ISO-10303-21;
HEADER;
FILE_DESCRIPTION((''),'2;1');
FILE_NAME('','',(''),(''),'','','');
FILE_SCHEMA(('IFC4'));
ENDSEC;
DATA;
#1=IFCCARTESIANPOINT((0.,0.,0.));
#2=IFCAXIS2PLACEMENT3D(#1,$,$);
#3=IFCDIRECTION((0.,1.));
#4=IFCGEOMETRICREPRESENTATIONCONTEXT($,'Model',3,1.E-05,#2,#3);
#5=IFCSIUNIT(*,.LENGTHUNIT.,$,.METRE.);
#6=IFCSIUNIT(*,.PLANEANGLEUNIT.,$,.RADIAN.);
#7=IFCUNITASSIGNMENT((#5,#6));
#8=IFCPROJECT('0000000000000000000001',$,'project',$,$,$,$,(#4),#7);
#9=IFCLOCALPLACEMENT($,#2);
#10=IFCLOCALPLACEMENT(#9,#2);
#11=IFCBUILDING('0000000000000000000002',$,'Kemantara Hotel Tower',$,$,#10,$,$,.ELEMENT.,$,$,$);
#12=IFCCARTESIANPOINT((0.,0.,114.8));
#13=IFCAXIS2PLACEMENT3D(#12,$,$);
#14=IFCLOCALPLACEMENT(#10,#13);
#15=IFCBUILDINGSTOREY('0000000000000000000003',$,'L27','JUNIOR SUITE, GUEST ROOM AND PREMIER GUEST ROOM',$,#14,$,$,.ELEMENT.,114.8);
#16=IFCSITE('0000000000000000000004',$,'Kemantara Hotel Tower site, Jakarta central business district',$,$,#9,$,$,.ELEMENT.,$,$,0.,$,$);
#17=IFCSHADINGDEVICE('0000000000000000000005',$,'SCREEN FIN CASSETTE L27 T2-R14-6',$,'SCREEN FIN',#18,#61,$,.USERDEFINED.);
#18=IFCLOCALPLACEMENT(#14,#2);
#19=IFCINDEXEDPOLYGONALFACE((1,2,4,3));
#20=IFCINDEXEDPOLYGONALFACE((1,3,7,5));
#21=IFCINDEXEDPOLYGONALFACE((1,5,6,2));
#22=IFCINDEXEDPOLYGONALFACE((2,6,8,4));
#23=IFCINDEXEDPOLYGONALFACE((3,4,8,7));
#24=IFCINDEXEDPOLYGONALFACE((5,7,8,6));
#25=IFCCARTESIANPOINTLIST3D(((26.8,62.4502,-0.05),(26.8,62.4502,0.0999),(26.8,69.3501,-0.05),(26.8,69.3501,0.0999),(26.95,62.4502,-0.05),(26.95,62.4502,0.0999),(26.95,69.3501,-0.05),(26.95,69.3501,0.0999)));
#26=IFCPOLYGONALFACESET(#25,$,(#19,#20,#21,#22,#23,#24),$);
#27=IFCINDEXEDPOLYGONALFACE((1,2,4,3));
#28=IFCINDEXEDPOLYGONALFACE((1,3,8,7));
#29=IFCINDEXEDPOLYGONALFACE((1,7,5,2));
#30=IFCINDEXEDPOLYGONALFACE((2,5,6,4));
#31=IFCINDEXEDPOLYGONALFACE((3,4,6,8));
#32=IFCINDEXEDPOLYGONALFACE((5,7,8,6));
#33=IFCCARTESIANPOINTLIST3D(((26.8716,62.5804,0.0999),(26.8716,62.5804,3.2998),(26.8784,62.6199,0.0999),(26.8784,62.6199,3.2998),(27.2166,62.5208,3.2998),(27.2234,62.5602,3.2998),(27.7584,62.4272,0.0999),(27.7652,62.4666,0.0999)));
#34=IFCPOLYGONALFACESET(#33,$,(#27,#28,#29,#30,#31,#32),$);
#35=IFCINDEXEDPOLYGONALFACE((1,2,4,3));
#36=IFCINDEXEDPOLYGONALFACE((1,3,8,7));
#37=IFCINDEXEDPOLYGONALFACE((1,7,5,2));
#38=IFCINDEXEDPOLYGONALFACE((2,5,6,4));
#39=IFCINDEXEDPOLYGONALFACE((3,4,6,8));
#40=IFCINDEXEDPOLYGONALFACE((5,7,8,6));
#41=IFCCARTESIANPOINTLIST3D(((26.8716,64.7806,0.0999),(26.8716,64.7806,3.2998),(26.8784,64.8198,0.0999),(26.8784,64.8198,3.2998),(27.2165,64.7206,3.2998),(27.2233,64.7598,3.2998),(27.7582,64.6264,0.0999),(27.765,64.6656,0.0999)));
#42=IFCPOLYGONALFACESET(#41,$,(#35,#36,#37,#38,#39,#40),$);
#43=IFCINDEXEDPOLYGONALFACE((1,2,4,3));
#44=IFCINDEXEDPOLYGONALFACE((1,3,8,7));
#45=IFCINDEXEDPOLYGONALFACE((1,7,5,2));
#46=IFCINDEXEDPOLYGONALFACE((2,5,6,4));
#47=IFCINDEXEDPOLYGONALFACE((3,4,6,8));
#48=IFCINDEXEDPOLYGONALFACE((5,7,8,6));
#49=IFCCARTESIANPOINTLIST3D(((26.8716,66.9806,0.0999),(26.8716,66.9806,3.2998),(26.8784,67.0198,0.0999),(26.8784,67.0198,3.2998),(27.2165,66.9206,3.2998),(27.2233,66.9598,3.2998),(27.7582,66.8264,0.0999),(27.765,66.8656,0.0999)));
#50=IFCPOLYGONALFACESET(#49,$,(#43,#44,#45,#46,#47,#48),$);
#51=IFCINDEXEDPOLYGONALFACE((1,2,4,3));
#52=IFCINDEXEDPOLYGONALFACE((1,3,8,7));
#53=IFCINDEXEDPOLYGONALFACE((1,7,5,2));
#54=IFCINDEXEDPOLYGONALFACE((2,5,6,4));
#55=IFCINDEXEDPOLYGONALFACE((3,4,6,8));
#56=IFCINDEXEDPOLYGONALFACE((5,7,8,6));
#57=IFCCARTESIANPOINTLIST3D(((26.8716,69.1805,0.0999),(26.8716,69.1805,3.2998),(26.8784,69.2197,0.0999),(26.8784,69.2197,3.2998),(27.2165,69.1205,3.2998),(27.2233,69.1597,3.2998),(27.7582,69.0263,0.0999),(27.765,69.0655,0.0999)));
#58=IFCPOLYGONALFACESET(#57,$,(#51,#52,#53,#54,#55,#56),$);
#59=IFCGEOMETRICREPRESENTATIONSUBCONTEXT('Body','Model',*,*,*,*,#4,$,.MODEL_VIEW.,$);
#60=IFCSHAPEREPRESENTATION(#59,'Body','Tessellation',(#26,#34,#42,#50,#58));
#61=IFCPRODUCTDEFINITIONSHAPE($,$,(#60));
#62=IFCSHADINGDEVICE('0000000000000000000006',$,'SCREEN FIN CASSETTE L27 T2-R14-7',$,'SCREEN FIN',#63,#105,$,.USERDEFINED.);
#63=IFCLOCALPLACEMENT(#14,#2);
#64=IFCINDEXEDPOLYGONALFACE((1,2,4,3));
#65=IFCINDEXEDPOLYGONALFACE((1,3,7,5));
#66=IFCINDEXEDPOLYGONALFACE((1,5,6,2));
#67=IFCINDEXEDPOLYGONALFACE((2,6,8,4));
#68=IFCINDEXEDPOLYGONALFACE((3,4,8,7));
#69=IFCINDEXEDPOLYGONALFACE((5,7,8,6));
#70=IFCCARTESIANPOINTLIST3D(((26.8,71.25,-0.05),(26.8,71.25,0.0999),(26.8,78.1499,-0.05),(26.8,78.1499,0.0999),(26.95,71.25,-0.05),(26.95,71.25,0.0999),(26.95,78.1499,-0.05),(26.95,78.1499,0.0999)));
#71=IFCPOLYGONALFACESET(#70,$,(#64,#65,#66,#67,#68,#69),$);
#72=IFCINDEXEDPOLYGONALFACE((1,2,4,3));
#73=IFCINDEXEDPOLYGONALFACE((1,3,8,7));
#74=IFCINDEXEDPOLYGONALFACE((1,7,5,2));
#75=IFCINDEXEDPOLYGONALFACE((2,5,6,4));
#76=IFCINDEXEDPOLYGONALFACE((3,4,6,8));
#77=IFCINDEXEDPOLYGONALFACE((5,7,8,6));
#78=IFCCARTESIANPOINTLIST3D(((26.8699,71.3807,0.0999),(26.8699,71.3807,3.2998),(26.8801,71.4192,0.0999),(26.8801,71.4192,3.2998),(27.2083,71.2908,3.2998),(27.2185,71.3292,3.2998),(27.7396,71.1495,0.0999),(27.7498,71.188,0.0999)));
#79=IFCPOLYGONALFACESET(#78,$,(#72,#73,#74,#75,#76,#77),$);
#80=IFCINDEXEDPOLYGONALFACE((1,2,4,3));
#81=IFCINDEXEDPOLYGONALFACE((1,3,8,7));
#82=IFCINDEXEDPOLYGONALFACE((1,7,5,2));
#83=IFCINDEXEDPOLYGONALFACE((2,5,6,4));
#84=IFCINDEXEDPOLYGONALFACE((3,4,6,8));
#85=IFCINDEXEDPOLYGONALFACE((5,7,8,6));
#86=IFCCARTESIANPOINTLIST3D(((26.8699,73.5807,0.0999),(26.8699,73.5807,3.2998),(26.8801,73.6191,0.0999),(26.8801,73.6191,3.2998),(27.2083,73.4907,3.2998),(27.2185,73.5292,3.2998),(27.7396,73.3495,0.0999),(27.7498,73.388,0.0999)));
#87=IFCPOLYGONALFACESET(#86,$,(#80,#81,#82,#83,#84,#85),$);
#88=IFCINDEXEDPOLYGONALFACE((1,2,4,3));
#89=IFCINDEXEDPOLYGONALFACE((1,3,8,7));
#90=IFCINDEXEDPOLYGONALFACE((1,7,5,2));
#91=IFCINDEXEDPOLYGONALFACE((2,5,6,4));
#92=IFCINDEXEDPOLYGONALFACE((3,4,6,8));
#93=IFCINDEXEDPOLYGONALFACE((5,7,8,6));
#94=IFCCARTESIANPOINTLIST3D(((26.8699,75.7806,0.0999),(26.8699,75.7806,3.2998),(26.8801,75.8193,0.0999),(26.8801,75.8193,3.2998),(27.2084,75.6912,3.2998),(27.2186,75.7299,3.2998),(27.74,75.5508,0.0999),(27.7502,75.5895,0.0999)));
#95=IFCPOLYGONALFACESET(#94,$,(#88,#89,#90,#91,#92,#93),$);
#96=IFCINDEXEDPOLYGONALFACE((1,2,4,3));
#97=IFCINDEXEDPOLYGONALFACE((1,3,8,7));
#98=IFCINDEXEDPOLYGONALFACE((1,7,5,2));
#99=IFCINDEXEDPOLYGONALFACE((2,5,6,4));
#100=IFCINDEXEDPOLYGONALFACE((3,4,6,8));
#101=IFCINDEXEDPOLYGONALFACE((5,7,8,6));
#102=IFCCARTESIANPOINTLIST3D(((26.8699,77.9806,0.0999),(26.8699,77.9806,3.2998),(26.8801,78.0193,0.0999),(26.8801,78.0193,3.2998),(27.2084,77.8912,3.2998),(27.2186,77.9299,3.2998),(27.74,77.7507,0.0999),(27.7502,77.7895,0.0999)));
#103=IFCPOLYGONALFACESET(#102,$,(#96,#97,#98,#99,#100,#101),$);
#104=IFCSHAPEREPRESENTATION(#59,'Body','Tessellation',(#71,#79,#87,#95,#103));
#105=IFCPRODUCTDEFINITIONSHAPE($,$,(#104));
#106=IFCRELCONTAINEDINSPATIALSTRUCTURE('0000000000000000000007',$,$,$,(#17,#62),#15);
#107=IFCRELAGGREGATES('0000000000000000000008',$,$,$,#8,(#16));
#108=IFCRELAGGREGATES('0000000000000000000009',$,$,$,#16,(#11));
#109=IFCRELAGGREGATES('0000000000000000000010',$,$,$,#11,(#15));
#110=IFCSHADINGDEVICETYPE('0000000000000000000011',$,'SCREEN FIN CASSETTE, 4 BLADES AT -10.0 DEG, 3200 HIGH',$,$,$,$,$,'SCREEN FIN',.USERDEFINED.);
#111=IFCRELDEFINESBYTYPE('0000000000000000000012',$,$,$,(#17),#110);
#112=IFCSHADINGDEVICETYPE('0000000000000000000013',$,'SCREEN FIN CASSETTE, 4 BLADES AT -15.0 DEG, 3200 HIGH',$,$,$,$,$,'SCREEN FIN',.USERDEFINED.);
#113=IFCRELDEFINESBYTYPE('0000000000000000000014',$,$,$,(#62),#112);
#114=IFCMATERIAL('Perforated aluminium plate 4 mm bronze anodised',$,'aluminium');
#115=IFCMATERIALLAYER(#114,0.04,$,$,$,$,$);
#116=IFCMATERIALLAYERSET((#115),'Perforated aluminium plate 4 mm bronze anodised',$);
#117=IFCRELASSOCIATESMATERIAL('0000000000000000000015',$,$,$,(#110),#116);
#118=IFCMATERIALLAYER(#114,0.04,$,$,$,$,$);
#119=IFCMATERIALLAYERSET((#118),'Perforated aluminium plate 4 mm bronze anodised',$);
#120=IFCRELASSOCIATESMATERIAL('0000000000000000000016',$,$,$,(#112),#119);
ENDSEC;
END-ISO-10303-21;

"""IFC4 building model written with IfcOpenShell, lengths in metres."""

from ifc_helpers import new_model, si_unit, direction, frame, origin, origin_2d, place, context, subcontext, project, spatial, polyline, rectangle, outline, extrude, source, transform, mapped, material, layer, layer_set, type_object, element, save


model = new_model("IFC4")

# Units and contexts
model_context = context("Model", 3, precision=1e-05, world=origin(), true_north=direction((0.0, 1.0)))
body_context = subcontext(model_context, "Body", "Model", "MODEL_VIEW")
ifc_project = project(units=[si_unit("LENGTHUNIT", "METRE"), si_unit("PLANEANGLEUNIT", "RADIAN")], contexts=[model_context])

# Site, building, storey
site_placement = place(None, origin())
site = spatial("IfcSite", under=ifc_project, at=site_placement, Name="Kemantara Hotel Tower site, Jakarta central business district", CompositionType="ELEMENT", RefElevation=0.0)
building_placement = place(site_placement, origin())
building = spatial("IfcBuilding", under=site, at=building_placement, Name="Kemantara Hotel Tower", CompositionType="ELEMENT")
storey_placement = place(building_placement, frame((0.0, 0.0, 114.8)))
storey = spatial("IfcBuildingStorey", under=building, at=storey_placement, Name="L27", Description="JUNIOR SUITE, GUEST ROOM AND PREMIER GUEST ROOM", CompositionType="ELEMENT", Elevation=114.8)

# Shading devices
ifc_material_1 = material(Name="Perforated aluminium plate 4 mm bronze anodised", Category="aluminium")
ifc_layer_1 = layer(ifc_material_1, 0.04)
ifc_layer_set_1 = layer_set([ifc_layer_1], Name="Perforated aluminium plate 4 mm bronze anodised")
shading_device_type_1 = type_object("IfcShadingDeviceType", Name="SCREEN FIN CASSETTE, 4 BLADES AT -10.0 DEG, 3200 HIGH", ElementType="SCREEN FIN", PredefinedType="USERDEFINED", material=ifc_layer_set_1)
shared_shape_1 = source(origin(), body_context, "Body", "SweptSolid", [
    extrude(rectangle(XDim=6.8999, YDim=0.1499, at=origin_2d()), frame((3.3, -0.075, -0.1499), z_axis=(0.0, 0.0, 1.0), x_axis=(1.0, 0.0, 0.0)), (0.0, 0.0, 1.0), 0.1499),
    extrude(outline(polyline([(0.0, 0.0), (0.8999, 0.0), (0.3501, 3.2), (0.0, 3.2), (0.0, 0.0)])), frame((0.0198, -0.0784, 0.0), z_axis=(-0.98539, 0.170314, 0.0), x_axis=(-0.170314, -0.98539, 0.0)), (0.0, 0.0, 1.0), 0.04),
    extrude(outline(polyline([(0.0, 0.0), (0.8999, 0.0), (0.3501, 3.2), (0.0, 3.2), (0.0, 0.0)])), frame((2.2197, -0.0784, 0.0), z_axis=(-0.985212, 0.171341, 0.0), x_axis=(-0.171341, -0.985212, 0.0)), (0.0, 0.0, 1.0), 0.0398),
    extrude(outline(polyline([(0.0, 0.0), (0.8999, 0.0), (0.3501, 3.2), (0.0, 3.2), (0.0, 0.0)])), frame((4.4197, -0.0784, 0.0), z_axis=(-0.985212, 0.171341, 0.0), x_axis=(-0.171341, -0.985212, 0.0)), (0.0, 0.0, 1.0), 0.0398),
    extrude(outline(polyline([(0.0, 0.0), (0.8999, 0.0), (0.3501, 3.2), (0.0, 3.2), (0.0, 0.0)])), frame((6.6196, -0.0784, 0.0), z_axis=(-0.985212, 0.171341, 0.0), x_axis=(-0.171341, -0.985212, 0.0)), (0.0, 0.0, 1.0), 0.0398),
])
shading_device_1_placement = place(storey_placement, frame((26.8, 62.6001, 0.0999), z_axis=(0.0, 0.0, 1.0), x_axis=(0.0, 1.0, 0.0)))
element("IfcShadingDevice", 1, at=shading_device_1_placement, inside=storey, type_object=shading_device_type_1, Name="SCREEN FIN CASSETTE L27 T2-R14-6", ObjectType="SCREEN FIN", PredefinedType="USERDEFINED", context=body_context, shape_type="MappedRepresentation", body=[
    mapped(shared_shape_1, transform((0.0, 0.0, 0.0))),
])
ifc_layer_2 = layer(ifc_material_1, 0.04)
ifc_layer_set_2 = layer_set([ifc_layer_2], Name="Perforated aluminium plate 4 mm bronze anodised")
shading_device_type_2 = type_object("IfcShadingDeviceType", Name="SCREEN FIN CASSETTE, 4 BLADES AT -15.0 DEG, 3200 HIGH", ElementType="SCREEN FIN", PredefinedType="USERDEFINED", material=ifc_layer_set_2)
shared_shape_2 = source(origin(), body_context, "Body", "SweptSolid", [
    extrude(rectangle(XDim=6.8999, YDim=0.1499, at=origin_2d()), frame((3.3, -0.075, -0.1499), z_axis=(0.0, 0.0, 1.0), x_axis=(1.0, 0.0, 0.0)), (0.0, 0.0, 1.0), 0.1499),
    extrude(outline(polyline([(0.0, 0.0), (0.8999, 0.0), (0.3501, 3.2), (0.0, 3.2), (0.0, 0.0)])), frame((0.0193, -0.0801, 0.0), z_axis=(-0.966438, 0.256901, 0.0), x_axis=(-0.256901, -0.966438, 0.0)), (0.0, 0.0, 1.0), 0.0398),
    extrude(outline(polyline([(0.0, 0.0), (0.8999, 0.0), (0.3501, 3.2), (0.0, 3.2), (0.0, 0.0)])), frame((2.2192, -0.0801, 0.0), z_axis=(-0.966438, 0.256901, 0.0), x_axis=(-0.256901, -0.966438, 0.0)), (0.0, 0.0, 1.0), 0.0398),
    extrude(outline(polyline([(0.0, 0.0), (0.8999, 0.0), (0.3501, 3.2), (0.0, 3.2), (0.0, 0.0)])), frame((4.4194, -0.0801, 0.0), z_axis=(-0.966838, 0.255391, 0.0), x_axis=(-0.255391, -0.966838, 0.0)), (0.0, 0.0, 1.0), 0.04),
    extrude(outline(polyline([(0.0, 0.0), (0.8999, 0.0), (0.3501, 3.2), (0.0, 3.2), (0.0, 0.0)])), frame((6.6194, -0.0801, 0.0), z_axis=(-0.966838, 0.255391, 0.0), x_axis=(-0.255391, -0.966838, 0.0)), (0.0, 0.0, 1.0), 0.04),
])
shading_device_2_placement = place(storey_placement, frame((26.8, 71.3999, 0.0999), z_axis=(0.0, 0.0, 1.0), x_axis=(0.0, 1.0, 0.0)))
element("IfcShadingDevice", 2, at=shading_device_2_placement, inside=storey, type_object=shading_device_type_2, Name="SCREEN FIN CASSETTE L27 T2-R14-7", ObjectType="SCREEN FIN", PredefinedType="USERDEFINED", context=body_context, shape_type="MappedRepresentation", body=[
    mapped(shared_shape_2, transform((0.0, 0.0, 0.0))),
])

save(model, "model.ifc")
